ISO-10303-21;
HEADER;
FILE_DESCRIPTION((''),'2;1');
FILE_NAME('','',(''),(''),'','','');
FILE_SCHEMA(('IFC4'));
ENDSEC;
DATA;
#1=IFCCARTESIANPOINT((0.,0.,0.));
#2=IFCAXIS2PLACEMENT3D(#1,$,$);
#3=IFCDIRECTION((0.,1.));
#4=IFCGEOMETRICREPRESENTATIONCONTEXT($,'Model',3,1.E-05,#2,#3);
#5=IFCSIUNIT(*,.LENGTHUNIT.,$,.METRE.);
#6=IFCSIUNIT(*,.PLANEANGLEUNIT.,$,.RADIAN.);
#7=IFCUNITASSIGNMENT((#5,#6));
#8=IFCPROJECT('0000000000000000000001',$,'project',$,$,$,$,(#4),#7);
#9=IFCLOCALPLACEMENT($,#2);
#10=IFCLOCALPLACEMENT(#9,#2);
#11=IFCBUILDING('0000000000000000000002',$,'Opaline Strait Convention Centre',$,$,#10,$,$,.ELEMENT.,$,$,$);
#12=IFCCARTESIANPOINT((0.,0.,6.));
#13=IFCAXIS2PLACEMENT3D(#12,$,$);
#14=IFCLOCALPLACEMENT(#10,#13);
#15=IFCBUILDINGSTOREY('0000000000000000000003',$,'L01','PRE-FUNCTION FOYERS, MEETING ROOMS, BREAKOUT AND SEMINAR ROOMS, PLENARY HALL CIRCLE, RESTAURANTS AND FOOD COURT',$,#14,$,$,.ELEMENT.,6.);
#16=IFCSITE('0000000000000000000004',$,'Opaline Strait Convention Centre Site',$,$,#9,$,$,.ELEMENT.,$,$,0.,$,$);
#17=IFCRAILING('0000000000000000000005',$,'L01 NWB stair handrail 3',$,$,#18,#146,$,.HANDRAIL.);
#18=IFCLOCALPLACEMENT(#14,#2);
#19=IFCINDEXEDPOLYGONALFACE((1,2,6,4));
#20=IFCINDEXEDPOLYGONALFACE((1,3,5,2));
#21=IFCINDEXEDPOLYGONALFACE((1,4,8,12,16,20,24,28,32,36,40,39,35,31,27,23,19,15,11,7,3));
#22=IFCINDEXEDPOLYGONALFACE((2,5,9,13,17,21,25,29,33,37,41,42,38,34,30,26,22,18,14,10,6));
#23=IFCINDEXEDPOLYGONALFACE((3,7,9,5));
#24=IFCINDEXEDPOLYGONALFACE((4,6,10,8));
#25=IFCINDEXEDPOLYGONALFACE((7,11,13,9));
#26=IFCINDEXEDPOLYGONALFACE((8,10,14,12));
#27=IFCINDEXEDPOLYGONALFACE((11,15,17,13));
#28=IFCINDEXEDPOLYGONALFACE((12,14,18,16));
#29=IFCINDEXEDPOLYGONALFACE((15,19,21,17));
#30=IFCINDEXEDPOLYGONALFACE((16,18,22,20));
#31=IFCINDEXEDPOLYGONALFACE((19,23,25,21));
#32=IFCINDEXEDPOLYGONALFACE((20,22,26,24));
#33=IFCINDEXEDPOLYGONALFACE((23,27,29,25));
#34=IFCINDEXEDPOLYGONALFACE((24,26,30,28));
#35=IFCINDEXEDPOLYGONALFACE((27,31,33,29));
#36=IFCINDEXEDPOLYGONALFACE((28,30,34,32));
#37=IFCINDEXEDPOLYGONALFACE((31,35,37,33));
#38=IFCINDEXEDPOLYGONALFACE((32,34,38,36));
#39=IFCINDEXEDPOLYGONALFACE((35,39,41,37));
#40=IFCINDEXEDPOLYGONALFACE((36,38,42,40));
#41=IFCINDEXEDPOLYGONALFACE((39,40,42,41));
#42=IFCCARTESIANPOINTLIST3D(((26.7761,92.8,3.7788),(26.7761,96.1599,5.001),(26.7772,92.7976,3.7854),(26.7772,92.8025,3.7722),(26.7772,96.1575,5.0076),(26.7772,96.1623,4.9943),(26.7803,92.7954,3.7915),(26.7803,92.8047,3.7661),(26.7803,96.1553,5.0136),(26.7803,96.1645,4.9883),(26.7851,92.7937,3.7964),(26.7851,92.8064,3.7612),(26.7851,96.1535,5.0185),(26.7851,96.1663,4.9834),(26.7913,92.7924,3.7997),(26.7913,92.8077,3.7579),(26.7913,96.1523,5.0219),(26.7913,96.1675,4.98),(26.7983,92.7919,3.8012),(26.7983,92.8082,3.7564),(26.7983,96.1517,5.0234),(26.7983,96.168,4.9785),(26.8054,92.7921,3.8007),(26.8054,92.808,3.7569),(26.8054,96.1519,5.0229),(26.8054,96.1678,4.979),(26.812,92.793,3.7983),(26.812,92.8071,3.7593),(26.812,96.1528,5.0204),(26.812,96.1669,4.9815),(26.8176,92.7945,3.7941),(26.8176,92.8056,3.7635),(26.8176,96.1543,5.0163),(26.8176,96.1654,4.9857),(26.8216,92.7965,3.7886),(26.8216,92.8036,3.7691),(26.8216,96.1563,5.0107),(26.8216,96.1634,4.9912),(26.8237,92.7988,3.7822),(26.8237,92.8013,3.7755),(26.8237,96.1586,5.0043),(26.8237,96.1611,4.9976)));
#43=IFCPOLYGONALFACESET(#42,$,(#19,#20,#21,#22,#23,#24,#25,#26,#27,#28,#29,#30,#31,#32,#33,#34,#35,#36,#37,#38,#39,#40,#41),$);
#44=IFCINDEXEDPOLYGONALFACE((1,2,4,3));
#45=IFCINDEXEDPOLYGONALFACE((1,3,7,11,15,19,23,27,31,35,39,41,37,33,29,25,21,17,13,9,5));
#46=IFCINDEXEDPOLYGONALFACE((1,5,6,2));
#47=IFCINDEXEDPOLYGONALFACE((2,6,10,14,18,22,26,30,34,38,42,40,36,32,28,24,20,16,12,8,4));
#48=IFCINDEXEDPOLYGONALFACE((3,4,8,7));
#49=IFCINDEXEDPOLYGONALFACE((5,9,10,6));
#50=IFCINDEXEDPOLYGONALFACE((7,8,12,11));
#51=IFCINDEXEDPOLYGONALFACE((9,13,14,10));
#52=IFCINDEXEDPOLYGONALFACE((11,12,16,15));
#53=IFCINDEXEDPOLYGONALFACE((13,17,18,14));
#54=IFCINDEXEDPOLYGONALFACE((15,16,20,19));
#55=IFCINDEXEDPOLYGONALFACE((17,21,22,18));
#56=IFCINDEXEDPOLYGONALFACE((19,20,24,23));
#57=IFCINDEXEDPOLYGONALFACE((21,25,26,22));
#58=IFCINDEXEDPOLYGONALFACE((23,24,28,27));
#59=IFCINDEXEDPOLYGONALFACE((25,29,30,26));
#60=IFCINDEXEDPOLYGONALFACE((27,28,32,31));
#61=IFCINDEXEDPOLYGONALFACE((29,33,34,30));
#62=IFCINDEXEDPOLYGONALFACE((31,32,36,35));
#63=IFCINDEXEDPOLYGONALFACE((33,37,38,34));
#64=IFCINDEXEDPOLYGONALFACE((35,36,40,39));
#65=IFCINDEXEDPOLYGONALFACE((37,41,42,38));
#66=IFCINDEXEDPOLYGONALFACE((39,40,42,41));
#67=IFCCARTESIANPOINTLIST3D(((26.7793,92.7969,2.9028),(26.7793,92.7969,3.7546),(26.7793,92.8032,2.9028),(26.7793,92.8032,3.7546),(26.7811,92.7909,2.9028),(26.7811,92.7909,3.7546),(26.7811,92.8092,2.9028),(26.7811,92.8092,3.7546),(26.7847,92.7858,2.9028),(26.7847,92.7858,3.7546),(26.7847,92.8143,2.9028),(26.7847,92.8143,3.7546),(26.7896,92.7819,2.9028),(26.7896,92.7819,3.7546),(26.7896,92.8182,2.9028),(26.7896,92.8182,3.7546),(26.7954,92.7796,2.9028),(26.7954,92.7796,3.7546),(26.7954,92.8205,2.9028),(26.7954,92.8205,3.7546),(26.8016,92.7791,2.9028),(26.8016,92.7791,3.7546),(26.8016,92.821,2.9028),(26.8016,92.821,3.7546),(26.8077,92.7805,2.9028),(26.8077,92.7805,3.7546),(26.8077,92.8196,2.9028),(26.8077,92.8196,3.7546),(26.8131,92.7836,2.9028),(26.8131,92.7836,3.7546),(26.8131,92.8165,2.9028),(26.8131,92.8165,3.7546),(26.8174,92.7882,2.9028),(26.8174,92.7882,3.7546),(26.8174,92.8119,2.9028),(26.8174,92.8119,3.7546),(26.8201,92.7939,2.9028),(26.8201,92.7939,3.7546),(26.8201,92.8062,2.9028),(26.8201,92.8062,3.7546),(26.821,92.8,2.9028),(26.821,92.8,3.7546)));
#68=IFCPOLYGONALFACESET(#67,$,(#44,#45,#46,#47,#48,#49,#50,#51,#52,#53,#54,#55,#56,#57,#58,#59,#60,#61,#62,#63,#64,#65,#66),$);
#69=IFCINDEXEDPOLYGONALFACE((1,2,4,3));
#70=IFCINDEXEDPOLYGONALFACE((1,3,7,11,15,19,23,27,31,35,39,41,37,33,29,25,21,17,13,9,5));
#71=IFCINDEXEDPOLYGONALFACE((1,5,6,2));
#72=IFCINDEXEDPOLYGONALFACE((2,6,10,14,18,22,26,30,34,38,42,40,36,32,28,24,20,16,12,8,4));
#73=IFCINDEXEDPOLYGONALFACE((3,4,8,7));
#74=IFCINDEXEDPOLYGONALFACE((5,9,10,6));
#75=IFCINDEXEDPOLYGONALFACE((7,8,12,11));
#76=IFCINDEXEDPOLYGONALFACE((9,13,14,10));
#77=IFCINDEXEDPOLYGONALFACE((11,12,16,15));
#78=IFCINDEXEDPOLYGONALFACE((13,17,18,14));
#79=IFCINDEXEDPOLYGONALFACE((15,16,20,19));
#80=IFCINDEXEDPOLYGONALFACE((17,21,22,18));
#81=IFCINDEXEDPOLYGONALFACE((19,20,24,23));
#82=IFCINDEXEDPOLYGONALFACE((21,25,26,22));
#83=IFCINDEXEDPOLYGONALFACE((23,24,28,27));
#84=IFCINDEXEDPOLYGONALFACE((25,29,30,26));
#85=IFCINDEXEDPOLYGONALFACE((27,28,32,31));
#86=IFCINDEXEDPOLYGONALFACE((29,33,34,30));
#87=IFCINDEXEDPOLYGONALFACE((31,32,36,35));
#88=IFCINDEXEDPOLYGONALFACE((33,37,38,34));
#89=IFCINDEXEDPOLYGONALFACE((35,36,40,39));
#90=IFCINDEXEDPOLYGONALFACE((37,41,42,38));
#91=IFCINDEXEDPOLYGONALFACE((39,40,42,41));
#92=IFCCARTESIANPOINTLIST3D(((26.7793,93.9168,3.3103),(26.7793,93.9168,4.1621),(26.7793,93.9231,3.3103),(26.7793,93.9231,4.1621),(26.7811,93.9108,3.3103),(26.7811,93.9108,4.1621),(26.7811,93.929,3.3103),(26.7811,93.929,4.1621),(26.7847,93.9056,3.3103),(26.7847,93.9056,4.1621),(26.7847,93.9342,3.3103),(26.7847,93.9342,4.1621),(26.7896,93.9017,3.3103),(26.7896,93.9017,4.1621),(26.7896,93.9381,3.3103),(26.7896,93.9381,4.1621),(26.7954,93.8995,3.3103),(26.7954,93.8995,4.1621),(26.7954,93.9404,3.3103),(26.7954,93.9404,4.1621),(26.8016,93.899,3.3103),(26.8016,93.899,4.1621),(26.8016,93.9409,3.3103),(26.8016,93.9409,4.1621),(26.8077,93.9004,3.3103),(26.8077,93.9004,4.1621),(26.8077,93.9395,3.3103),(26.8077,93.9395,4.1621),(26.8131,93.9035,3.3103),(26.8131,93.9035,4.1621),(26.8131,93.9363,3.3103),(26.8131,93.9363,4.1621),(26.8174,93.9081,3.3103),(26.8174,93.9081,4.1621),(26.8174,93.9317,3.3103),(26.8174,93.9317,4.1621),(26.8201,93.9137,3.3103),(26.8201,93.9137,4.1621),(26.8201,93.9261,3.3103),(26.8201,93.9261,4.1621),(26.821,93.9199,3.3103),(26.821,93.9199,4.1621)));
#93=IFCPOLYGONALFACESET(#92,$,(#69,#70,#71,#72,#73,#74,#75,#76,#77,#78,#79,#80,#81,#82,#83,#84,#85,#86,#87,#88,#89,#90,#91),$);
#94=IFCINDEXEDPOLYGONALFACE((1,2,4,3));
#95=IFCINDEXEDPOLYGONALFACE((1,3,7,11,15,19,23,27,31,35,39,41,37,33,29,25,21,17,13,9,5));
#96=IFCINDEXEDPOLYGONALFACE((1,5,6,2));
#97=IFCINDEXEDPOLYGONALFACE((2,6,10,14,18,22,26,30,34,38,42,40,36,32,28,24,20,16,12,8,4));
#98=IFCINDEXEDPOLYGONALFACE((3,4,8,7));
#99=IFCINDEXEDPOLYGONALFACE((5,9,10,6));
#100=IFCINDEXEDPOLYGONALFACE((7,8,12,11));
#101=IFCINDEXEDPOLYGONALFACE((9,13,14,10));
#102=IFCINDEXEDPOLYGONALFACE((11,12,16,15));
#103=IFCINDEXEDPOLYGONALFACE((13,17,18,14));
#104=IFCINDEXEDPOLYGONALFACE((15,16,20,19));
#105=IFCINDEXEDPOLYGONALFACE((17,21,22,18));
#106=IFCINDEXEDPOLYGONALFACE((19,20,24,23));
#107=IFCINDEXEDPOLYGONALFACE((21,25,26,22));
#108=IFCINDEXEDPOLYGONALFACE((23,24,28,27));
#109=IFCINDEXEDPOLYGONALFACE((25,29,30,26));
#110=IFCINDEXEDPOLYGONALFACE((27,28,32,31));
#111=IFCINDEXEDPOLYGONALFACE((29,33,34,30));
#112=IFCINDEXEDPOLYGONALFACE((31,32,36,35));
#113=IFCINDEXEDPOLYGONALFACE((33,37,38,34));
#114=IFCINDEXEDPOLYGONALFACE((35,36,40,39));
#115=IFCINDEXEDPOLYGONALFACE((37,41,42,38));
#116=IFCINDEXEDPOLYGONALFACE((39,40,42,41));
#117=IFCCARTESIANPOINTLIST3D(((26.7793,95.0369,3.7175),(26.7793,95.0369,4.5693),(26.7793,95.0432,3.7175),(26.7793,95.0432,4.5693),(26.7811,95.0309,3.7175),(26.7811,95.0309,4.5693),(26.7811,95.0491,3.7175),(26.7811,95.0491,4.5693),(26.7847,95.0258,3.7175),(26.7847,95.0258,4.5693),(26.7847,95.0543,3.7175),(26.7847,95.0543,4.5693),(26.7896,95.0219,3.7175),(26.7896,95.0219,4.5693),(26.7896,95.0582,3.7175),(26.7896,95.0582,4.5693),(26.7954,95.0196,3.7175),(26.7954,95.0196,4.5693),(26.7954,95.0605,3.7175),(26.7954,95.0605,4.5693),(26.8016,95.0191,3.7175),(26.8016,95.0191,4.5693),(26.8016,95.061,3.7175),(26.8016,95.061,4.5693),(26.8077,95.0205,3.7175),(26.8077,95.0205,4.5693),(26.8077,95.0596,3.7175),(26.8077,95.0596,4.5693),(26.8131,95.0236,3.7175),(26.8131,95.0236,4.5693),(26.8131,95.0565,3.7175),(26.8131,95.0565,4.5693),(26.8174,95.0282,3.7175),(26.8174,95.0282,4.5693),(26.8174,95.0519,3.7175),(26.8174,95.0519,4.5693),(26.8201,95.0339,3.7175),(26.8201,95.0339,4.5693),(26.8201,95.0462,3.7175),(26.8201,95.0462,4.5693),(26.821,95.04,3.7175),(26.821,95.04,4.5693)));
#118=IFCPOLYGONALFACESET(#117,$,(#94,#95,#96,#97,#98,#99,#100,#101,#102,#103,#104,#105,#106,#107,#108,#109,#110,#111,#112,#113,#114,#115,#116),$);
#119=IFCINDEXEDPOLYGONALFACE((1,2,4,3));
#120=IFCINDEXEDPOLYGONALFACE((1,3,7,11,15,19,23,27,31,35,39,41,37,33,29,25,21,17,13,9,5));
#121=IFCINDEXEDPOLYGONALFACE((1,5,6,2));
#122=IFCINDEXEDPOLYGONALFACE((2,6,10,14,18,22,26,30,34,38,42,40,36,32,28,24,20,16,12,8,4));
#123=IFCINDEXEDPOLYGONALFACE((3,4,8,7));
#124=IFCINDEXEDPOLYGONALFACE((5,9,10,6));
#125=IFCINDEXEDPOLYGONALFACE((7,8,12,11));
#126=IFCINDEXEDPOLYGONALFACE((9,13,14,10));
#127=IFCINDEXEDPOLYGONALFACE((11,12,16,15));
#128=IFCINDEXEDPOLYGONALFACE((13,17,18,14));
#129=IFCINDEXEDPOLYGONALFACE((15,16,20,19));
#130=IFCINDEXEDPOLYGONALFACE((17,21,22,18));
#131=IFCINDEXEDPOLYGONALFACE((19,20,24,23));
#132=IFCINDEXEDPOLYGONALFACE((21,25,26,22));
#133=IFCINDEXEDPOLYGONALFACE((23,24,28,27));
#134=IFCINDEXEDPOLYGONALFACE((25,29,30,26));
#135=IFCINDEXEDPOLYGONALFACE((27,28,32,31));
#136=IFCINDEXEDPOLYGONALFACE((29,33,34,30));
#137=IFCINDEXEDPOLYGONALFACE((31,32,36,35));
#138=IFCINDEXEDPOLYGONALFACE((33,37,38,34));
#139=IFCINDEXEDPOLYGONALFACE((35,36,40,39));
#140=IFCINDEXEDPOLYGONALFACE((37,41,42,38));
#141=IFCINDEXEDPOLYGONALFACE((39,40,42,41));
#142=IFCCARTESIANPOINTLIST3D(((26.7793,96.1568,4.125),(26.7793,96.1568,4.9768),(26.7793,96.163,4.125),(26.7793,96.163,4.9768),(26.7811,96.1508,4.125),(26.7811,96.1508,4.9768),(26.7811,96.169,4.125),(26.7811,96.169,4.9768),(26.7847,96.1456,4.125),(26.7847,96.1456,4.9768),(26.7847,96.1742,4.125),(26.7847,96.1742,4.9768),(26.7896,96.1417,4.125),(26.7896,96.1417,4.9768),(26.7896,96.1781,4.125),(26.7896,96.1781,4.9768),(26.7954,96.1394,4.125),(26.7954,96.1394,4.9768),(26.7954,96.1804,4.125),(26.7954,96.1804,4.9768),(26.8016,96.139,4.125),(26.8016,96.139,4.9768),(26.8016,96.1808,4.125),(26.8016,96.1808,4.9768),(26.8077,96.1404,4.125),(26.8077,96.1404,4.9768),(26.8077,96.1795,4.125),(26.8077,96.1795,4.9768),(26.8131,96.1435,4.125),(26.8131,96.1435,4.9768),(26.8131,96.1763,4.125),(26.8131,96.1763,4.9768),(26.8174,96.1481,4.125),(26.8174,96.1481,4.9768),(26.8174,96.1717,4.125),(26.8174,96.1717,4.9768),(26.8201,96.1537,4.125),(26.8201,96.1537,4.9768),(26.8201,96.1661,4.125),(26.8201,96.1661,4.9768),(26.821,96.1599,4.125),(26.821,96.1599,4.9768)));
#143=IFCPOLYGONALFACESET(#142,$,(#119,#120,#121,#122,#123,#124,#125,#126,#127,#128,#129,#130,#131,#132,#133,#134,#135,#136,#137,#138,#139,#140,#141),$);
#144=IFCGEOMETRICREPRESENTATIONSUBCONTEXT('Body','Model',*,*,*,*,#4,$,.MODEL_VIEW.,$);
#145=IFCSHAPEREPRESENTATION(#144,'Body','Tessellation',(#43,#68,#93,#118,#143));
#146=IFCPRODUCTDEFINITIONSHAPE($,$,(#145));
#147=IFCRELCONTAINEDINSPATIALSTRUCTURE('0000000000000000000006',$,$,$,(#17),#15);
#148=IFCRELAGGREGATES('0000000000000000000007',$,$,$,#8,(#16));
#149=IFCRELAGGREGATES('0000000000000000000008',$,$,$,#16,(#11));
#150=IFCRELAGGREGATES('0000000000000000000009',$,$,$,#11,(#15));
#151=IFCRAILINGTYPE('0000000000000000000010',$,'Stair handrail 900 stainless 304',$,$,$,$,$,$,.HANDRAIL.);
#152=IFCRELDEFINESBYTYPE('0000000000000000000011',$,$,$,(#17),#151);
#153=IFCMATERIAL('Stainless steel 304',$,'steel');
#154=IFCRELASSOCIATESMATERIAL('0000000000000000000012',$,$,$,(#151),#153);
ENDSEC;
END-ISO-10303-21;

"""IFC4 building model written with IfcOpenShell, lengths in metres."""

from ifc_helpers import new_model, si_unit, direction, frame, origin, origin_2d, place, context, subcontext, project, spatial, circle, extrude, material, type_object, element, save


model = new_model("IFC4")

# Units and contexts
model_context = context("Model", 3, precision=1e-05, world=origin(), true_north=direction((0.0, 1.0)))
body_context = subcontext(model_context, "Body", "Model", "MODEL_VIEW")
ifc_project = project(units=[si_unit("LENGTHUNIT", "METRE"), si_unit("PLANEANGLEUNIT", "RADIAN")], contexts=[model_context])

# Site, building, storey
site_placement = place(None, origin())
site = spatial("IfcSite", under=ifc_project, at=site_placement, Name="Opaline Strait Convention Centre Site", CompositionType="ELEMENT", RefElevation=0.0)
building_placement = place(site_placement, origin())
building = spatial("IfcBuilding", under=site, at=building_placement, Name="Opaline Strait Convention Centre", CompositionType="ELEMENT")
storey_placement = place(building_placement, frame((0.0, 0.0, 6.0)))
storey = spatial("IfcBuildingStorey", under=building, at=storey_placement, Name="L01", Description="PRE-FUNCTION FOYERS, MEETING ROOMS, BREAKOUT AND SEMINAR ROOMS, PLENARY HALL CIRCLE, RESTAURANTS AND FOOD COURT", CompositionType="ELEMENT", Elevation=6.0)

# Railing
ifc_material_1 = material(Name="Stainless steel 304", Category="steel")
railing_type_1 = type_object("IfcRailingType", Name="Stair handrail 900 stainless 304", PredefinedType="HANDRAIL", material=ifc_material_1)
for number, where, name in (
    (1, (26.8, 92.8, 2.9028), "L01 NWB stair handrail 3"),
):
    element("IfcRailing", number, at=place(storey_placement, frame(where)), inside=storey, type_object=railing_type_1, Name=name, PredefinedType="HANDRAIL", context=body_context, shape_type="SweptSolid", body=[
        extrude(circle(Radius=0.0239, at=origin_2d()), frame((0.0, 0.0, 0.876), z_axis=(0.0, 0.939758, 0.341842), x_axis=(-1.0, 0.0, 0.0)), (0.0, 0.0, 1.0), 3.5752),
        extrude(circle(Radius=0.021, at=origin_2d()), origin(), (0.0, 0.0, 1.0), 0.8518),
        extrude(circle(Radius=0.021, at=origin_2d()), frame((0.0, 1.1199, 0.4075)), (0.0, 0.0, 1.0), 0.8518),
        extrude(circle(Radius=0.021, at=origin_2d()), frame((0.0, 2.24, 0.8147)), (0.0, 0.0, 1.0), 0.8518),
        extrude(circle(Radius=0.021, at=origin_2d()), frame((0.0, 3.3599, 1.2222)), (0.0, 0.0, 1.0), 0.8518),
    ])

save(model, "model.ifc")
